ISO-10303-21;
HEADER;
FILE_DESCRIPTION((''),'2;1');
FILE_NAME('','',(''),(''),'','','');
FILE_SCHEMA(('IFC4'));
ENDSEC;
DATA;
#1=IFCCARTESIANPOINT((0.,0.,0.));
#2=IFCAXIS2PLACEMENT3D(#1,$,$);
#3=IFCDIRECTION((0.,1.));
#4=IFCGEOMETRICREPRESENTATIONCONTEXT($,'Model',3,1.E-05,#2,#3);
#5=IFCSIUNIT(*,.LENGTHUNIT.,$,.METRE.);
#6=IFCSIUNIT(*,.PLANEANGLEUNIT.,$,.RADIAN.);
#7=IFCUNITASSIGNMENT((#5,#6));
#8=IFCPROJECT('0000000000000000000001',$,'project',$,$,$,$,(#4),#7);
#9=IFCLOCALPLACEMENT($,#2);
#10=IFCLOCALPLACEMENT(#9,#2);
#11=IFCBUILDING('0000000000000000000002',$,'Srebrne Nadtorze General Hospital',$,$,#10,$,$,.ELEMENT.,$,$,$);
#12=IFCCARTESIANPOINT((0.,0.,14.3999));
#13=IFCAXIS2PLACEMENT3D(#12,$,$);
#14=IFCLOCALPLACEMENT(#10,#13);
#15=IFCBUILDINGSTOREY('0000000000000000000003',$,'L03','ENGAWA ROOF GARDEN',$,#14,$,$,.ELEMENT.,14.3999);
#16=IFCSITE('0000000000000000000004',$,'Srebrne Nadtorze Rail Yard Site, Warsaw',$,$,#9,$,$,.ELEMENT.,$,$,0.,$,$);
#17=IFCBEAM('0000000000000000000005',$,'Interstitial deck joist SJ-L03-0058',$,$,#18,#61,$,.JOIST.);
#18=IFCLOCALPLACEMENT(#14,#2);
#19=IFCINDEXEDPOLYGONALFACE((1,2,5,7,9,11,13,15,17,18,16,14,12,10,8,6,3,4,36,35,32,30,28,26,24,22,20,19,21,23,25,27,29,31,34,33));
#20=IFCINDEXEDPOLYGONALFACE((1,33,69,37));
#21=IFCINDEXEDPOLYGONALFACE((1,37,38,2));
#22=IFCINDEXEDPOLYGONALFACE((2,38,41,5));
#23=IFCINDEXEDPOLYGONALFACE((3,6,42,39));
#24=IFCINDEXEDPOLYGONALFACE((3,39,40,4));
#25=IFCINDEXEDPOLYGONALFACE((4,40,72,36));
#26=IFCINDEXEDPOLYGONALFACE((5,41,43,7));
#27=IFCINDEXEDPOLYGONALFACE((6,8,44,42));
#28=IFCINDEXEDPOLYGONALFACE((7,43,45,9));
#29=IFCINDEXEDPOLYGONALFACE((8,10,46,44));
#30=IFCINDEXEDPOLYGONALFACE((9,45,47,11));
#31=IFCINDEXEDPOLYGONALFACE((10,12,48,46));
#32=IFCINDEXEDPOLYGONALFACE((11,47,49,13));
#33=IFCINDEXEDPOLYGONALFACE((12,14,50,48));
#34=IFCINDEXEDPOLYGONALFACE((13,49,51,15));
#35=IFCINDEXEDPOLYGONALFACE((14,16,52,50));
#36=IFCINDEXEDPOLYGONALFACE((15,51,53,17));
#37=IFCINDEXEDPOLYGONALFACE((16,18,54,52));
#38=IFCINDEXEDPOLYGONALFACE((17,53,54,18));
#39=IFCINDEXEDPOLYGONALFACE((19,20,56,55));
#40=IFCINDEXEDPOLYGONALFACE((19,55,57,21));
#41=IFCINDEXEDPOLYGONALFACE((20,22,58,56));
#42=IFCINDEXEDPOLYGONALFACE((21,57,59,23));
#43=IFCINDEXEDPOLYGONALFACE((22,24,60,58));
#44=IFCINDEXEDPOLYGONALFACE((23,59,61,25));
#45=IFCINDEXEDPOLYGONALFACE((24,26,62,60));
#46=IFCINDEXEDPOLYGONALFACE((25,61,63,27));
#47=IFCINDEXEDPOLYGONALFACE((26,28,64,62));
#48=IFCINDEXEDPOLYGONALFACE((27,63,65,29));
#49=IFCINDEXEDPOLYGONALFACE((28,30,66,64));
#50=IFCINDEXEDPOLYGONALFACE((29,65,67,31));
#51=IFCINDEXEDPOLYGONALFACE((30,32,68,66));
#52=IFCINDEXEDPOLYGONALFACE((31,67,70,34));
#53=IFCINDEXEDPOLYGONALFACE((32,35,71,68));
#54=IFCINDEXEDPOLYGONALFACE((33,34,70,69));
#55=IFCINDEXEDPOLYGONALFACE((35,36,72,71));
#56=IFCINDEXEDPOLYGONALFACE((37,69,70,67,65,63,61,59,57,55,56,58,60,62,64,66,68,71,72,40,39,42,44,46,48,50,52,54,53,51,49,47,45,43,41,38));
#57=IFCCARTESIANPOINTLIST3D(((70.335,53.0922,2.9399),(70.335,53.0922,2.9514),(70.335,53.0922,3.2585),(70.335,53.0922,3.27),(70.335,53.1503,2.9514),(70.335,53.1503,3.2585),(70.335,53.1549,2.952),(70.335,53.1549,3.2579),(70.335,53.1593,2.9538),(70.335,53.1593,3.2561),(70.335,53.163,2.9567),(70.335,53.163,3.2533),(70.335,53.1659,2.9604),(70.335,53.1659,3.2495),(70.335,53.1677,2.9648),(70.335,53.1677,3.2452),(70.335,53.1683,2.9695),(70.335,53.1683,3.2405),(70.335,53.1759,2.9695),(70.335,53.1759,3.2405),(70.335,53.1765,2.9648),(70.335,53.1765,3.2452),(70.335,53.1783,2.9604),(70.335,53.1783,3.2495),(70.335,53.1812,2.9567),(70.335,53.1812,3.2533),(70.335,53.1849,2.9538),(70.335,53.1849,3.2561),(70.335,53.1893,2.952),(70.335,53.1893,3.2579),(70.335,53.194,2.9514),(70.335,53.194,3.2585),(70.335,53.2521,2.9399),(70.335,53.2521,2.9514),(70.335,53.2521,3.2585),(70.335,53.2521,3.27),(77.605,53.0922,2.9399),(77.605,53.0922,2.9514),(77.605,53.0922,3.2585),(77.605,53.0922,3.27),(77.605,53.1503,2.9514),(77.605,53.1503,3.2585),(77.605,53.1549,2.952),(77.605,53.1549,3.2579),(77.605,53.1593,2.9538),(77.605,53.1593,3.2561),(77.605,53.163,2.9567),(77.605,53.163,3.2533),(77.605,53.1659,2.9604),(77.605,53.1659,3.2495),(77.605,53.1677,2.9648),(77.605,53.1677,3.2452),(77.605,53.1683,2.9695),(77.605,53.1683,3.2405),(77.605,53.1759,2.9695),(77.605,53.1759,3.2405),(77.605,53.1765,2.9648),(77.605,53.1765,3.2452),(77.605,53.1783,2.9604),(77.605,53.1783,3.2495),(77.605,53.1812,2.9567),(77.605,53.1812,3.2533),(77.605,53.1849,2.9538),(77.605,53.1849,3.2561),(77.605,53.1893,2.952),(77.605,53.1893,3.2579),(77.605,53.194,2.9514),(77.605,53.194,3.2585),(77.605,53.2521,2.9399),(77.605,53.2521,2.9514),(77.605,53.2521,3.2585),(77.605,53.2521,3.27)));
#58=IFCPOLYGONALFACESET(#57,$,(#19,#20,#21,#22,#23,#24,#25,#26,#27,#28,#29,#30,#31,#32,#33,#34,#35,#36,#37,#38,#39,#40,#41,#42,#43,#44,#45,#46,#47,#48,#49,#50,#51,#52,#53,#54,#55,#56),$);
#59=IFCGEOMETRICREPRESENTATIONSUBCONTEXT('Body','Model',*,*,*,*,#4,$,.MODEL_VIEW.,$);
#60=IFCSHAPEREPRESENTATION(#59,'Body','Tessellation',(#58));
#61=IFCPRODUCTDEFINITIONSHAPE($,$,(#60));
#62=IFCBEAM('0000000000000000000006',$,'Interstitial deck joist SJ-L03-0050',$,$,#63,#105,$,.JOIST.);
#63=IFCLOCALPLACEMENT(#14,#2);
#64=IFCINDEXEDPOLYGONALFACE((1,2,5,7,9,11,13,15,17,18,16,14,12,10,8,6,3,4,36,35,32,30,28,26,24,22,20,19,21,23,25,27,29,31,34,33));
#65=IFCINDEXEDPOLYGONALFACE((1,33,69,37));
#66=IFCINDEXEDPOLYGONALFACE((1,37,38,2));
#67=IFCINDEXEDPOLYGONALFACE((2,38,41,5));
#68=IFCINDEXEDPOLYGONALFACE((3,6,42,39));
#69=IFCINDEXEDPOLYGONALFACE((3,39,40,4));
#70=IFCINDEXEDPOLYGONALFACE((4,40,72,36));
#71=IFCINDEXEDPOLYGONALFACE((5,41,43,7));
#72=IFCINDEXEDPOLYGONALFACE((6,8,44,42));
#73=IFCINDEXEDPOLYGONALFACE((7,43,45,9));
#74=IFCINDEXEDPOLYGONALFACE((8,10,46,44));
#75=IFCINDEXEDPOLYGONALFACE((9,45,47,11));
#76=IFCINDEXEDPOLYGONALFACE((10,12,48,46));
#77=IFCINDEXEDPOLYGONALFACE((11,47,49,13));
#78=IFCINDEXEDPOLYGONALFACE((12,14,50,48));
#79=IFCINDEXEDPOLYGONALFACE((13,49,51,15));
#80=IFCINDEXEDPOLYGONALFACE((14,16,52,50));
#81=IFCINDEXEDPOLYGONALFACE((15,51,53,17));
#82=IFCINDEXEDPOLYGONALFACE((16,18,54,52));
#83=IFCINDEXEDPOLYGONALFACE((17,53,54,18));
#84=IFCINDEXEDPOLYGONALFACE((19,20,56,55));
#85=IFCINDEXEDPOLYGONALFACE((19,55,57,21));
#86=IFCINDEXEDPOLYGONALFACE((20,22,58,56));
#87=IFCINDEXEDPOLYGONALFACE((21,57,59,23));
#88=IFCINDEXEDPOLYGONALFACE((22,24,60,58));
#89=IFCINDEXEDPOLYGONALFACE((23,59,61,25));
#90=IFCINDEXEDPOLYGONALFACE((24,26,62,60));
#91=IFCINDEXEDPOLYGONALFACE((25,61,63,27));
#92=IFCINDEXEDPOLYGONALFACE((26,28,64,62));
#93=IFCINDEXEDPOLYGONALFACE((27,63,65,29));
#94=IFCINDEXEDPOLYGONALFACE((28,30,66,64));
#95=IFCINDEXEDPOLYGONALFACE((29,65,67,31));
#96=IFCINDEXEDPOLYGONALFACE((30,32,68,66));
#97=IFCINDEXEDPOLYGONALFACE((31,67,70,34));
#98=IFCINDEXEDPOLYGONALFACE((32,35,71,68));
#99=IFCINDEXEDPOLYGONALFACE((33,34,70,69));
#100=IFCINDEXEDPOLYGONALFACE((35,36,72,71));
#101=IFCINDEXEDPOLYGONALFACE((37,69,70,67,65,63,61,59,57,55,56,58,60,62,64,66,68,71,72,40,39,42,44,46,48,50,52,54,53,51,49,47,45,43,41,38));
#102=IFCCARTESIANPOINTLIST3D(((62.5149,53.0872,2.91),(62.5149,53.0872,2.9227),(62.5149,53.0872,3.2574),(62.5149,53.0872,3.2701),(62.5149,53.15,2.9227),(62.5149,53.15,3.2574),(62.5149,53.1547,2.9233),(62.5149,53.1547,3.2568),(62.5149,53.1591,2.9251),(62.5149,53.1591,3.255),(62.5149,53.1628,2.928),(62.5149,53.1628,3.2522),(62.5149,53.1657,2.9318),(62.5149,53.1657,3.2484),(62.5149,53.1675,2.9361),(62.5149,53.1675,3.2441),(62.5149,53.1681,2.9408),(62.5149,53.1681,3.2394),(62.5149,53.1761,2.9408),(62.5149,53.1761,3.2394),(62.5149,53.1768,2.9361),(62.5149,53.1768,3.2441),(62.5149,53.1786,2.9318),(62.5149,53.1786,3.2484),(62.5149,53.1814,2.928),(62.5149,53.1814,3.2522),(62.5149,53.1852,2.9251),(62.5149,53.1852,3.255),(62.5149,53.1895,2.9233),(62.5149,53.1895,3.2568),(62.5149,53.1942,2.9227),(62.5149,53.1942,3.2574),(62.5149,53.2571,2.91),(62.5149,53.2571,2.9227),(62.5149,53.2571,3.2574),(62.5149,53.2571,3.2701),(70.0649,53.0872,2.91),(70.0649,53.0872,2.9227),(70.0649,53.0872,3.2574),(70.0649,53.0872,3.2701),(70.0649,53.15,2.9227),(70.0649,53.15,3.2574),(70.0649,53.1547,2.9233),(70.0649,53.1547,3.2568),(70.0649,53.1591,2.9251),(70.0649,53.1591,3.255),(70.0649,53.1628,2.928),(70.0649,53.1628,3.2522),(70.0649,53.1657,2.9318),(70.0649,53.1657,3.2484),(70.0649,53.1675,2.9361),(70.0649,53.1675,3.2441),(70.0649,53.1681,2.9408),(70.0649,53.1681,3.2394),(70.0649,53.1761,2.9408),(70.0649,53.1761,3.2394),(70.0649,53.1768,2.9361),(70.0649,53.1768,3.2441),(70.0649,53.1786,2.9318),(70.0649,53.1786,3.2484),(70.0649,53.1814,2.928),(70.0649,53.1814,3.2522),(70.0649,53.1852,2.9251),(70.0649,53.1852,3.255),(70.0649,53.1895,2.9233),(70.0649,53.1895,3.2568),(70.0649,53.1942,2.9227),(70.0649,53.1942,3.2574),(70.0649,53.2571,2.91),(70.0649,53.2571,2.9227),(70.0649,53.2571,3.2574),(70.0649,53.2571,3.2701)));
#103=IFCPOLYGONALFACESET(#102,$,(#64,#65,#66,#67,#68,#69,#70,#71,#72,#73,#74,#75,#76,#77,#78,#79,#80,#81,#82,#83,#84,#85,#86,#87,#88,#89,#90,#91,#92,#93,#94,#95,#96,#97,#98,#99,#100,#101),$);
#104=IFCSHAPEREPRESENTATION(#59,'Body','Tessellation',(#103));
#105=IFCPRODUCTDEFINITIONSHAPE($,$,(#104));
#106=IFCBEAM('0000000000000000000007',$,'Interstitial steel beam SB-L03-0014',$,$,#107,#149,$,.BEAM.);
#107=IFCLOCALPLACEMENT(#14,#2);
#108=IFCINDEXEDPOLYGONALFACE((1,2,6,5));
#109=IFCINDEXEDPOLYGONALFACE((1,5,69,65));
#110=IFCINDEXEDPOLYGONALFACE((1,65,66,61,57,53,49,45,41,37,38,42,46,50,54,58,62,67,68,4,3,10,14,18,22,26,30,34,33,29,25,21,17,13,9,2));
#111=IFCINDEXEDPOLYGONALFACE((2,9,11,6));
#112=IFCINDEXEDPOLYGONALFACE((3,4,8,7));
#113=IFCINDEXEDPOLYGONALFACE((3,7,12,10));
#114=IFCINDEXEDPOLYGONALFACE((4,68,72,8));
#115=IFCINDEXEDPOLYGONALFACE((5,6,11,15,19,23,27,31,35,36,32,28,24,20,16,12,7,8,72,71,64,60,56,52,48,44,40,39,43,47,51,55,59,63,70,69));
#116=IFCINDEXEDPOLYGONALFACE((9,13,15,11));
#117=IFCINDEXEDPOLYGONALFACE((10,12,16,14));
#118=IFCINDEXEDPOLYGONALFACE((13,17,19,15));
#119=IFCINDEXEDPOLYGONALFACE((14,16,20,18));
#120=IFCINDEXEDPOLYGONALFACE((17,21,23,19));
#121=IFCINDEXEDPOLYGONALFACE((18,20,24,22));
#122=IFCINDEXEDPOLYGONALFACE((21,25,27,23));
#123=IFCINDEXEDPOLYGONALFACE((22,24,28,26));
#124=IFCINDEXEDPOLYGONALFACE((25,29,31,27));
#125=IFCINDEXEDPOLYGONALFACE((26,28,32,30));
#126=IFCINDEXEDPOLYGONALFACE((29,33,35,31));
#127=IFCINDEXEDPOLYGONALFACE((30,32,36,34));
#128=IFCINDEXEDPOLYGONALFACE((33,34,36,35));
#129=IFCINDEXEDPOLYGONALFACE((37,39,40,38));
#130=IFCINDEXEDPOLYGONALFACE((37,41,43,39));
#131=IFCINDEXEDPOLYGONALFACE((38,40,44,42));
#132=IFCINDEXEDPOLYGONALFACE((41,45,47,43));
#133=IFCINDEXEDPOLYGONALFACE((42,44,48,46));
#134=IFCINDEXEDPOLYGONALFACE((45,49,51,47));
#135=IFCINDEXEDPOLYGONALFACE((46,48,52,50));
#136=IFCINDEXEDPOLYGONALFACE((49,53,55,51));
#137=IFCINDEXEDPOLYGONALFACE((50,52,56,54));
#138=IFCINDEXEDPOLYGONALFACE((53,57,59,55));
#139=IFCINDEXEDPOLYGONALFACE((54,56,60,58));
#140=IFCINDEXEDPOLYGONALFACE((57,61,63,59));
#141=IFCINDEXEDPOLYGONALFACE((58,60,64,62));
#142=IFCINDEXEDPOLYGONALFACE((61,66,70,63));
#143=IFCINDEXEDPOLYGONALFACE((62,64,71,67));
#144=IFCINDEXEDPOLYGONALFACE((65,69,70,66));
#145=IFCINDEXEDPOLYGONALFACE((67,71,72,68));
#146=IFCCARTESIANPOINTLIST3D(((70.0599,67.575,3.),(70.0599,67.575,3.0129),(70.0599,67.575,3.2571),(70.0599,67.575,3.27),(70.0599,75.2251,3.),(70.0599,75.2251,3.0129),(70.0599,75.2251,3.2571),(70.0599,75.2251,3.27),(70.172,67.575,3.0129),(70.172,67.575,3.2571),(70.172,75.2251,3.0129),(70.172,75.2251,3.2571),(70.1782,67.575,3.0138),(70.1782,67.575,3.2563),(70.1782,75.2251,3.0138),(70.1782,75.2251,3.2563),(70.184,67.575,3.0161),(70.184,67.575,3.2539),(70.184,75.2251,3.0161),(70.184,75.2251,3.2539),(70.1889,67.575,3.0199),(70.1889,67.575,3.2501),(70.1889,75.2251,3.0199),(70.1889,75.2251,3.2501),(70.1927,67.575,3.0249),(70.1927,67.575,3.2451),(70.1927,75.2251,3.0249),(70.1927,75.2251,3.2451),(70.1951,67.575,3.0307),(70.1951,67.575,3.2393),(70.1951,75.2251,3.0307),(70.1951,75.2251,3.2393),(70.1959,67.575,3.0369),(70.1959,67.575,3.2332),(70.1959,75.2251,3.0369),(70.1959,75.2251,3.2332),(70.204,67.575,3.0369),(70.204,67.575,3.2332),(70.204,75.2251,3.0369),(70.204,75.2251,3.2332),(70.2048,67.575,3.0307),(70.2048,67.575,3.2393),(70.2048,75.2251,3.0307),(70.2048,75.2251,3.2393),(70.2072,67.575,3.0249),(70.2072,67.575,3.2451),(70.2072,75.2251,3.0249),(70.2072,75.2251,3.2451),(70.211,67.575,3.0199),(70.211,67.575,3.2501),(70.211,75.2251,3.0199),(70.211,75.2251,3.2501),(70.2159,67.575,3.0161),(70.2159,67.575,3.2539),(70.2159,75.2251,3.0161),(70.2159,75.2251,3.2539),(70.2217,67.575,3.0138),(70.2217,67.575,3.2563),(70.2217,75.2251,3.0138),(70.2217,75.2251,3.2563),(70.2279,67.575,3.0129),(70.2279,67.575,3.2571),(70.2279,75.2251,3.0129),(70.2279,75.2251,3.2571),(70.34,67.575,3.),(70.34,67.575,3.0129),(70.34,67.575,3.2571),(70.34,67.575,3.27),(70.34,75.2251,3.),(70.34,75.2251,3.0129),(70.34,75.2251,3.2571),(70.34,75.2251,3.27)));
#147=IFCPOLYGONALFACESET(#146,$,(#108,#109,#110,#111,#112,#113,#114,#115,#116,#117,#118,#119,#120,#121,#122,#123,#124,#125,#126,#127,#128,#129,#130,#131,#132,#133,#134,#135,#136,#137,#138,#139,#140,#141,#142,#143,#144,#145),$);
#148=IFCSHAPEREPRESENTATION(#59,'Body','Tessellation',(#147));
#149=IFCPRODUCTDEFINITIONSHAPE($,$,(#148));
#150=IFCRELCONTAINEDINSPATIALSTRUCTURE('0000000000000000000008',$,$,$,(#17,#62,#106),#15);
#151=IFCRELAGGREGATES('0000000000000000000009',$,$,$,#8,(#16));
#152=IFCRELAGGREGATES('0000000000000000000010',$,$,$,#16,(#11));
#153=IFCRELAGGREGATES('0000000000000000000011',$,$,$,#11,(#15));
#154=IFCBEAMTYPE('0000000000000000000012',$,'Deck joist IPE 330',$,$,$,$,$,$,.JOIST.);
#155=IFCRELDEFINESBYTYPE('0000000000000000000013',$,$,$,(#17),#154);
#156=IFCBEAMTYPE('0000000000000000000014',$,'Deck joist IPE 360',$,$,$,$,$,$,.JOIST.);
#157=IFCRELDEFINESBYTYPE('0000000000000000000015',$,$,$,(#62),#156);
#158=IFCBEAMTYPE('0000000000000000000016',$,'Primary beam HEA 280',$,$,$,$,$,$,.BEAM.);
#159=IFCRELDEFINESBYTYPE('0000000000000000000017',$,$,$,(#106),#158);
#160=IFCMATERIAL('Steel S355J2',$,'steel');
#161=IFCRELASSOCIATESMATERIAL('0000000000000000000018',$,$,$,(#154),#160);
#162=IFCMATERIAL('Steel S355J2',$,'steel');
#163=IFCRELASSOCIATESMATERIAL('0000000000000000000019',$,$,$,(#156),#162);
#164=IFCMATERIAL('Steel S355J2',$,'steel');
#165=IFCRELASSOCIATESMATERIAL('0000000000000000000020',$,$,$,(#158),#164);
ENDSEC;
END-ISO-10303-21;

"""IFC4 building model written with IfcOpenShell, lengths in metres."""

from ifc_helpers import new_model, si_unit, direction, frame, origin, origin_2d, place, context, subcontext, project, spatial, i_section, extrude, material, material_profile, profile_set, type_object, element, save


model = new_model("IFC4")

# Units and contexts
model_context = context("Model", 3, precision=1e-05, world=origin(), true_north=direction((0.0, 1.0)))
body_context = subcontext(model_context, "Body", "Model", "MODEL_VIEW")
ifc_project = project(units=[si_unit("LENGTHUNIT", "METRE"), si_unit("PLANEANGLEUNIT", "RADIAN")], contexts=[model_context])

# Site, building, storey
site_placement = place(None, origin())
site = spatial("IfcSite", under=ifc_project, at=site_placement, Name="Srebrne Nadtorze Rail Yard Site, Warsaw", CompositionType="ELEMENT", RefElevation=0.0)
building_placement = place(site_placement, origin())
building = spatial("IfcBuilding", under=site, at=building_placement, Name="Srebrne Nadtorze General Hospital", CompositionType="ELEMENT")
storey_placement = place(building_placement, frame((0.0, 0.0, 14.3999)))
storey = spatial("IfcBuildingStorey", under=building, at=storey_placement, Name="L03", Description="ENGAWA ROOF GARDEN", CompositionType="ELEMENT", Elevation=14.3999)

# Beams
ifc_material_1 = material(Name="Steel S355J2", Category="steel")
ifc_material_profile_1 = material_profile(ifc_material_1, i_section(OverallWidth=0.1599, OverallDepth=0.3301, WebThickness=0.0076, FlangeThickness=0.0115, FilletRadius=0.0181, at=origin_2d()), Name="IPE-330")
ifc_profile_set_1 = profile_set([ifc_material_profile_1], Name="Steel S355J2")
beam_type_1 = type_object("IfcBeamType", Name="Deck joist IPE 330", PredefinedType="JOIST", material=ifc_profile_set_1)
beam_1_placement = place(storey_placement, frame((70.335, 53.1721, 3.105), z_axis=(1.0, 0.0, 0.0), x_axis=(0.0, 1.0, 0.0)))
element("IfcBeam", 1, at=beam_1_placement, inside=storey, type_object=beam_type_1, Name="Interstitial deck joist SJ-L03-0058", PredefinedType="JOIST", context=body_context, shape_type="SweptSolid", body=[
    extrude(i_section(OverallWidth=0.1599, OverallDepth=0.3301, WebThickness=0.0076, FlangeThickness=0.0115, FilletRadius=0.0181, at=origin_2d()), origin(), (0.0, 0.0, 1.0), 7.27),
])
ifc_material_2 = material(Name="Steel S355J2", Category="steel")
ifc_material_profile_2 = material_profile(ifc_material_2, i_section(OverallWidth=0.1699, OverallDepth=0.3601, WebThickness=0.0081, FlangeThickness=0.0127, FilletRadius=0.0181, at=origin_2d()), Name="IPE-360")
ifc_profile_set_2 = profile_set([ifc_material_profile_2], Name="Steel S355J2")
beam_type_2 = type_object("IfcBeamType", Name="Deck joist IPE 360", PredefinedType="JOIST", material=ifc_profile_set_2)
beam_2_placement = place(storey_placement, frame((62.5149, 53.1721, 3.0901), z_axis=(1.0, 0.0, 0.0), x_axis=(0.0, 1.0, 0.0)))
element("IfcBeam", 2, at=beam_2_placement, inside=storey, type_object=beam_type_2, Name="Interstitial deck joist SJ-L03-0050", PredefinedType="JOIST", context=body_context, shape_type="SweptSolid", body=[
    extrude(i_section(OverallWidth=0.1699, OverallDepth=0.3601, WebThickness=0.0081, FlangeThickness=0.0127, FilletRadius=0.0181, at=origin_2d()), origin(), (0.0, 0.0, 1.0), 7.55),
])
ifc_material_3 = material(Name="Steel S355J2", Category="steel")
ifc_material_profile_3 = material_profile(ifc_material_3, i_section(OverallWidth=0.28, OverallDepth=0.27, WebThickness=0.0081, FlangeThickness=0.0129, FilletRadius=0.0239, at=origin_2d()), Name="HEA-280")
ifc_profile_set_3 = profile_set([ifc_material_profile_3], Name="Steel S355J2")
beam_type_3 = type_object("IfcBeamType", Name="Primary beam HEA 280", PredefinedType="BEAM", material=ifc_profile_set_3)
beam_3_placement = place(storey_placement, frame((70.2, 67.575, 3.135), z_axis=(0.0, 1.0, 0.0), x_axis=(-1.0, 0.0, 0.0)))
element("IfcBeam", 3, at=beam_3_placement, inside=storey, type_object=beam_type_3, Name="Interstitial steel beam SB-L03-0014", PredefinedType="BEAM", context=body_context, shape_type="SweptSolid", body=[
    extrude(i_section(OverallWidth=0.28, OverallDepth=0.27, WebThickness=0.0081, FlangeThickness=0.0129, FilletRadius=0.0239, at=origin_2d()), origin(), (0.0, 0.0, 1.0), 7.6501),
])

save(model, "model.ifc")
